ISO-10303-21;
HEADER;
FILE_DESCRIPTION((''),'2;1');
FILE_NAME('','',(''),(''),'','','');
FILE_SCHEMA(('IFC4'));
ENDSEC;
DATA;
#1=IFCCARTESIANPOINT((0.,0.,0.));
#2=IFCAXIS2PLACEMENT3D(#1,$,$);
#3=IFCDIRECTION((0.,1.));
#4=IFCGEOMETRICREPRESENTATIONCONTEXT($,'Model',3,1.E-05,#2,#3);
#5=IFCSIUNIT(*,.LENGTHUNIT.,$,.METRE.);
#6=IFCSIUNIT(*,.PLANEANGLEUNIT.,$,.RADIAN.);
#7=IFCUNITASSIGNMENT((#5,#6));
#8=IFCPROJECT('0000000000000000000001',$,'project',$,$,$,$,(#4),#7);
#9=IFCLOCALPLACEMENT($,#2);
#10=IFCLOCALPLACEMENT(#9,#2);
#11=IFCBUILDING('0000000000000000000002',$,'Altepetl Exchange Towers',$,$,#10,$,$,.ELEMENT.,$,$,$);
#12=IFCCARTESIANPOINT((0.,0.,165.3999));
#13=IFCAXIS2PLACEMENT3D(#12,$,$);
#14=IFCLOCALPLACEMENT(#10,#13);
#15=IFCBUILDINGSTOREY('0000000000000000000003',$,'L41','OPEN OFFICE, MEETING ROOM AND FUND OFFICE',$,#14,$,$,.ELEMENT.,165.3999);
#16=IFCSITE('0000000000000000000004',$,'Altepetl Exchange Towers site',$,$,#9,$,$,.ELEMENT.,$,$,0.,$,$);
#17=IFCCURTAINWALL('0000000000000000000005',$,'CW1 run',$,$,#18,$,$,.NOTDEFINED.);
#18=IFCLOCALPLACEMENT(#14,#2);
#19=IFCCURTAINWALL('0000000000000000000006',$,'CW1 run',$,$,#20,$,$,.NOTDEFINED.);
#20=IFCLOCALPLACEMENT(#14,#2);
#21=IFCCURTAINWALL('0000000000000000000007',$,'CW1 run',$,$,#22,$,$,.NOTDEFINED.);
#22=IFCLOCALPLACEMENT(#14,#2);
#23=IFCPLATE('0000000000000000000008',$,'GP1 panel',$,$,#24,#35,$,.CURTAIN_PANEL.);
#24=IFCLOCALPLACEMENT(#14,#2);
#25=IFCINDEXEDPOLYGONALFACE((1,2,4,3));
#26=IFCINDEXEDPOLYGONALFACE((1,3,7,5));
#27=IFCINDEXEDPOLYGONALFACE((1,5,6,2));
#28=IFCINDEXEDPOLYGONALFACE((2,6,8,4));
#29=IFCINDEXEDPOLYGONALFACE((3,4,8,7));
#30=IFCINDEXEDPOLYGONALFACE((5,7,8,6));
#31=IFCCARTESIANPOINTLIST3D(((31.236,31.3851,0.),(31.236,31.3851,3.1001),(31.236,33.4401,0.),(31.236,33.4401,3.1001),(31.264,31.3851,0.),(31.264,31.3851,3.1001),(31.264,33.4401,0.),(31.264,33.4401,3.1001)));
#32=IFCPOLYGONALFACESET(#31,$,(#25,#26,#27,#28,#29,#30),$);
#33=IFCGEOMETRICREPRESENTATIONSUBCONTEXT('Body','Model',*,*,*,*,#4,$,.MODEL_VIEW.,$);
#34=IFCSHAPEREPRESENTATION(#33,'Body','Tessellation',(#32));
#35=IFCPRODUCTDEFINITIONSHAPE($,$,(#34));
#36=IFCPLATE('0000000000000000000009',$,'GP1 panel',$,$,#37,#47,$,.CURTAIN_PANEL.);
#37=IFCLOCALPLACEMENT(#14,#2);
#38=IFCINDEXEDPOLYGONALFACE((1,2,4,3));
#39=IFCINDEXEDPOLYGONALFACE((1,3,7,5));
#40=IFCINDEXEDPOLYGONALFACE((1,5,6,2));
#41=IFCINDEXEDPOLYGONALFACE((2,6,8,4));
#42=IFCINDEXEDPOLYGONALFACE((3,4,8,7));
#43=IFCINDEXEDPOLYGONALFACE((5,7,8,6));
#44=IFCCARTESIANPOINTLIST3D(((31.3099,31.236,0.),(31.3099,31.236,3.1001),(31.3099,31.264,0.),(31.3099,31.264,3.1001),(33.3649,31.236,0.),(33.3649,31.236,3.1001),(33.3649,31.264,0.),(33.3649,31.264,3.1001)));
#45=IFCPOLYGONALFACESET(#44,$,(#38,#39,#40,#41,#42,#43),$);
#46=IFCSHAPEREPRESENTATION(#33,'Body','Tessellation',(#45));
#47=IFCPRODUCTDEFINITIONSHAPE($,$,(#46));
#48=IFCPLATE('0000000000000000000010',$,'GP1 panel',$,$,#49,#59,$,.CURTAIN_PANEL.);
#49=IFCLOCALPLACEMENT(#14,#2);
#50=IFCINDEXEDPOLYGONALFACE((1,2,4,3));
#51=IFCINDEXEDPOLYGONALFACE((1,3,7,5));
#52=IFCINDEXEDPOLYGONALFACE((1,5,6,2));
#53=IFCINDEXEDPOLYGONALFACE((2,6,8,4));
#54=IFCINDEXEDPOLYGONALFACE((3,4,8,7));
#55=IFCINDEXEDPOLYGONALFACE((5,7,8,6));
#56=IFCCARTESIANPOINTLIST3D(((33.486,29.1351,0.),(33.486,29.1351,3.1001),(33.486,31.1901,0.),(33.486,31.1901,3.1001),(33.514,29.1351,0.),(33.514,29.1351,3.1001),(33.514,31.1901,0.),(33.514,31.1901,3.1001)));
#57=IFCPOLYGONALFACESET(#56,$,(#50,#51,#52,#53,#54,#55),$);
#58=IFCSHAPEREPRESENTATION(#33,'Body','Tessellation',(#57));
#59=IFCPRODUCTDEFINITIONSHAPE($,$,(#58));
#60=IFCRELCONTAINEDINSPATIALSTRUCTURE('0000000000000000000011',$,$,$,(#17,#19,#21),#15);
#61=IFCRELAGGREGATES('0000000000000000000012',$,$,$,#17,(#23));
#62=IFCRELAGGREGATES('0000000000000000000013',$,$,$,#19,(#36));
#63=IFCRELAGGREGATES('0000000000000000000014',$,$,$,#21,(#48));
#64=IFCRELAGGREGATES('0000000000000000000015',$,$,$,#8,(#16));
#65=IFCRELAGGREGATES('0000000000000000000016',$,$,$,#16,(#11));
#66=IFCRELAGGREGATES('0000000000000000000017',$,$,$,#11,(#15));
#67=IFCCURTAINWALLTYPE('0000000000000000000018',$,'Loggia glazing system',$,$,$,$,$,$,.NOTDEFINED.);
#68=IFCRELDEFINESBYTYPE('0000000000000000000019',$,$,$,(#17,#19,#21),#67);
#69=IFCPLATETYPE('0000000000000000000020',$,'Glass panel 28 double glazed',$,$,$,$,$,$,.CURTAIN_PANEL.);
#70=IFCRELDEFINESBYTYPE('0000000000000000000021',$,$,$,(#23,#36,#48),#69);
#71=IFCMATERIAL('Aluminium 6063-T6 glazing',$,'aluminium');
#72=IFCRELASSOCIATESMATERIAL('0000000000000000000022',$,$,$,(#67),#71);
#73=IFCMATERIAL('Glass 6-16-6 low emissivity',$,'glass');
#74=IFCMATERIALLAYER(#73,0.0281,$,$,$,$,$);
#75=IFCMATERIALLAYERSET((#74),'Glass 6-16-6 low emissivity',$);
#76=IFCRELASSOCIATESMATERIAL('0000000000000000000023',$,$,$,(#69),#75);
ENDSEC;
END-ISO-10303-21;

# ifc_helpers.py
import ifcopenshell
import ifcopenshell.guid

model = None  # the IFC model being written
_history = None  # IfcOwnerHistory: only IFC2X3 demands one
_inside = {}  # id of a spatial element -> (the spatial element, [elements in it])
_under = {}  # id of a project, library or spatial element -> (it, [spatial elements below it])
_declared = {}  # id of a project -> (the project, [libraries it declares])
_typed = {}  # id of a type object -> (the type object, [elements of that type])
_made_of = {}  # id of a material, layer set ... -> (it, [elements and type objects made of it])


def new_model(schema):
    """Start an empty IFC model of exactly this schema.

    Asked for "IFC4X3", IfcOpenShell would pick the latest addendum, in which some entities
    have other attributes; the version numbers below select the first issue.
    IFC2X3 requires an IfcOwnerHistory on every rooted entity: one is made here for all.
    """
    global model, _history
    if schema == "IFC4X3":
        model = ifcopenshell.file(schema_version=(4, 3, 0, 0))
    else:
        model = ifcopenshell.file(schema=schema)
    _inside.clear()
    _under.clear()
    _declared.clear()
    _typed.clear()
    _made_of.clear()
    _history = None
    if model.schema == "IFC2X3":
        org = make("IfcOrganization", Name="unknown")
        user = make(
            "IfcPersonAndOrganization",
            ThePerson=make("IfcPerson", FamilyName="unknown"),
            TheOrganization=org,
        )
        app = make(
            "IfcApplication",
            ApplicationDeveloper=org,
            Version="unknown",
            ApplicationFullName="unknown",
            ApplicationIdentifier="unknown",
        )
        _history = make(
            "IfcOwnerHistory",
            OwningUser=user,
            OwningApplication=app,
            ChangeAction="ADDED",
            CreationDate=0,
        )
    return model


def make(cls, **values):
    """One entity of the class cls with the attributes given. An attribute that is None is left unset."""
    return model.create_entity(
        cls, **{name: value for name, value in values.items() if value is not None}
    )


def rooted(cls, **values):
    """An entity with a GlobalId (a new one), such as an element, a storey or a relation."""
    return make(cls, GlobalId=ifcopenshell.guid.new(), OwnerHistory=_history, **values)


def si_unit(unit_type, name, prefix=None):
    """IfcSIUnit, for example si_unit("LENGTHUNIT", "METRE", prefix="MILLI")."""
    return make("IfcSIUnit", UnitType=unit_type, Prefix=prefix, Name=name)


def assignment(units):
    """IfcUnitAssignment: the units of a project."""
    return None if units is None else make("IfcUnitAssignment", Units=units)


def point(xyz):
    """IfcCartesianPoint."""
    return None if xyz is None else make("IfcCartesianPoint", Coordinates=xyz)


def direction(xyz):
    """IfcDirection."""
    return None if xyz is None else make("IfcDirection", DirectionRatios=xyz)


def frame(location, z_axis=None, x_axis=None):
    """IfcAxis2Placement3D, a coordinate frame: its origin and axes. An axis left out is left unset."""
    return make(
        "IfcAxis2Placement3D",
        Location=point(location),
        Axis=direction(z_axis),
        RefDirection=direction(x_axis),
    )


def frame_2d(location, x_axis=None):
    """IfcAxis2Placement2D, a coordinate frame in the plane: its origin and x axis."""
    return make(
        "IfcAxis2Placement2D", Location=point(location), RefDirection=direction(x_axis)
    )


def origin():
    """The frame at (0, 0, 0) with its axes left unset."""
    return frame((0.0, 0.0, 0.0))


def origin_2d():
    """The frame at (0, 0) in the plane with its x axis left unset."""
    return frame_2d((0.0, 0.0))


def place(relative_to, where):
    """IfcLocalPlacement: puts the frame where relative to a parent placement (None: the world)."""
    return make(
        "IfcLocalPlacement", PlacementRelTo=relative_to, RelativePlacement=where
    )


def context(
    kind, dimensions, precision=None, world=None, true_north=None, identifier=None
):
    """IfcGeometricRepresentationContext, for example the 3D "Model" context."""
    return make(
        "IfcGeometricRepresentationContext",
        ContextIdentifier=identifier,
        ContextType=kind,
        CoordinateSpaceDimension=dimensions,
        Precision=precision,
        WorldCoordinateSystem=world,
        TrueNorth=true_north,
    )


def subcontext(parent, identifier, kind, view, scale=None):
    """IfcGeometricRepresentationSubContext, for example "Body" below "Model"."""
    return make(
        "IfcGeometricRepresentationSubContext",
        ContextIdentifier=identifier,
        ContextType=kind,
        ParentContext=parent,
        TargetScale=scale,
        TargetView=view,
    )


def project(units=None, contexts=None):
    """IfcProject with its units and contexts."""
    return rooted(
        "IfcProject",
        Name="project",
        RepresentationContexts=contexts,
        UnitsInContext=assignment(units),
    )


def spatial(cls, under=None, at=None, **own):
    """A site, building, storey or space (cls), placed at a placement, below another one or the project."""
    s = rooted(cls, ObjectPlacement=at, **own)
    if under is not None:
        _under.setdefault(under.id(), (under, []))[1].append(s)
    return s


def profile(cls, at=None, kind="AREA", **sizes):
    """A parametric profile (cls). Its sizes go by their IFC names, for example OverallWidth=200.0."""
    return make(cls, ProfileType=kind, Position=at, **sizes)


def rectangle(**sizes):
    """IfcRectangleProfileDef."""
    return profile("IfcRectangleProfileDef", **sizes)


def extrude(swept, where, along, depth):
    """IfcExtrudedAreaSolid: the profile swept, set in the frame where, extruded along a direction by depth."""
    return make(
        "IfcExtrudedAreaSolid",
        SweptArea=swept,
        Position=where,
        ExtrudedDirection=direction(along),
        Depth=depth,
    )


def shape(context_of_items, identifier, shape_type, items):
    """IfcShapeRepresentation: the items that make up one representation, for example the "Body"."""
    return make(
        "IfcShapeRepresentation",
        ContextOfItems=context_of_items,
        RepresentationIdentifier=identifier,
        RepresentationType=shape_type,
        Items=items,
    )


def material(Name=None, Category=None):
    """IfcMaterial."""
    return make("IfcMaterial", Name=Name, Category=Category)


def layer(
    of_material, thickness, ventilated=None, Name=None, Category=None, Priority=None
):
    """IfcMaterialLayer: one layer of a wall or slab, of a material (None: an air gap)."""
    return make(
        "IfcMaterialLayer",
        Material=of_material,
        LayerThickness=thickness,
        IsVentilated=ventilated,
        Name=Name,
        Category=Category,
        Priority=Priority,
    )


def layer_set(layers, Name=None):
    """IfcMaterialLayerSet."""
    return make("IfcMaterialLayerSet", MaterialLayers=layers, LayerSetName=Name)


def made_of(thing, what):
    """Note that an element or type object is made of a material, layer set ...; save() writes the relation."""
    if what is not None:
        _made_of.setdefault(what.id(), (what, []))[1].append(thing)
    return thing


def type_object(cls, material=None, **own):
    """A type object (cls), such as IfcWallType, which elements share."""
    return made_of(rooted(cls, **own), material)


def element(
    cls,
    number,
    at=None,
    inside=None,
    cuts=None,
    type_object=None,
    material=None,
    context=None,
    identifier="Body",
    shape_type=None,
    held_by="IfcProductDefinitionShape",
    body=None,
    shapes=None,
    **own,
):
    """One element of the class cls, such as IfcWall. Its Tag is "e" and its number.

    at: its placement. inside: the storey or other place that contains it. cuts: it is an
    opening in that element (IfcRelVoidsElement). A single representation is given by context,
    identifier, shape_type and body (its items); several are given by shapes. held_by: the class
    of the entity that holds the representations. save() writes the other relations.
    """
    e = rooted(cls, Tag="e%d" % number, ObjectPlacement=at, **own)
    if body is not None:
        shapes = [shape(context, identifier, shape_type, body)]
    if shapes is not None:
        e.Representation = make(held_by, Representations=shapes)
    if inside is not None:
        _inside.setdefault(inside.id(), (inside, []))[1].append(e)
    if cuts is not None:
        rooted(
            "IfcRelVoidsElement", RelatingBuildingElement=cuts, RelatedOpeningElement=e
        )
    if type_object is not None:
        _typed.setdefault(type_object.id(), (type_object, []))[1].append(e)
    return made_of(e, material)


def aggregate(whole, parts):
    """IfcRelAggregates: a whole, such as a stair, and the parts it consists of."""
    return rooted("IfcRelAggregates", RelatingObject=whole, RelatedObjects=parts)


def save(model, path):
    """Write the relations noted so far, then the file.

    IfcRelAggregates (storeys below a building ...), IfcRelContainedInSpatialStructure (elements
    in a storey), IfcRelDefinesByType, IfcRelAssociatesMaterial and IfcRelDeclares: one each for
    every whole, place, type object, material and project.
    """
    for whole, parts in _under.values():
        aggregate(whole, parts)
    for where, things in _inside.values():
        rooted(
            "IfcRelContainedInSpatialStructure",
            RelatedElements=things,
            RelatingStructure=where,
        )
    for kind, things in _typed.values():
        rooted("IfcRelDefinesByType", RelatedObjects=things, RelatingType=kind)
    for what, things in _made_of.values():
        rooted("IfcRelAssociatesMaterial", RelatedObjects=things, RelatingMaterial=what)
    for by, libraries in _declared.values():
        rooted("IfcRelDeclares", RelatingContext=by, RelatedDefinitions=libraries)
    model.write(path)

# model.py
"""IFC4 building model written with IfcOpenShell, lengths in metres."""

from ifc_helpers import new_model, si_unit, direction, frame, origin, origin_2d, place, context, subcontext, project, spatial, rectangle, extrude, material, layer, layer_set, type_object, element, aggregate, save


model = new_model("IFC4")

# Units and contexts
model_context = context("Model", 3, precision=1e-05, world=origin(), true_north=direction((0.0, 1.0)))
body_context = subcontext(model_context, "Body", "Model", "MODEL_VIEW")
ifc_project = project(units=[si_unit("LENGTHUNIT", "METRE"), si_unit("PLANEANGLEUNIT", "RADIAN")], contexts=[model_context])

# Site, building, storey
site_placement = place(None, origin())
site = spatial("IfcSite", under=ifc_project, at=site_placement, Name="Altepetl Exchange Towers site", CompositionType="ELEMENT", RefElevation=0.0)
building_placement = place(site_placement, origin())
building = spatial("IfcBuilding", under=site, at=building_placement, Name="Altepetl Exchange Towers", CompositionType="ELEMENT")
storey_placement = place(building_placement, frame((0.0, 0.0, 165.3999)))
storey = spatial("IfcBuildingStorey", under=building, at=storey_placement, Name="L41", Description="OPEN OFFICE, MEETING ROOM AND FUND OFFICE", CompositionType="ELEMENT", Elevation=165.3999)

# Curtain walls
ifc_material_1 = material(Name="Aluminium 6063-T6 glazing", Category="aluminium")
curtain_wall_type = type_object("IfcCurtainWallType", Name="Loggia glazing system", PredefinedType="NOTDEFINED", material=ifc_material_1)
curtain_wall_1_placement = place(storey_placement, origin())
curtain_wall_1 = element("IfcCurtainWall", 1, at=curtain_wall_1_placement, inside=storey, type_object=curtain_wall_type, Name="CW1 run", PredefinedType="NOTDEFINED")
curtain_wall_2_placement = place(storey_placement, origin())
curtain_wall_2 = element("IfcCurtainWall", 2, at=curtain_wall_2_placement, inside=storey, type_object=curtain_wall_type, Name="CW1 run", PredefinedType="NOTDEFINED")
curtain_wall_3_placement = place(storey_placement, origin())
curtain_wall_3 = element("IfcCurtainWall", 3, at=curtain_wall_3_placement, inside=storey, type_object=curtain_wall_type, Name="CW1 run", PredefinedType="NOTDEFINED")

# Plates
ifc_material_2 = material(Name="Glass 6-16-6 low emissivity", Category="glass")
ifc_layer = layer(ifc_material_2, 0.0281)
ifc_layer_set = layer_set([ifc_layer], Name="Glass 6-16-6 low emissivity")
plate_type = type_object("IfcPlateType", Name="Glass panel 28 double glazed", PredefinedType="CURTAIN_PANEL", material=ifc_layer_set)
plate_1_placement = place(storey_placement, frame((31.25, 32.4126, 0.0), z_axis=(0.0, 0.0, 1.0), x_axis=(0.0, -1.0, 0.0)))
plate_1 = element("IfcPlate", 4, at=plate_1_placement, type_object=plate_type, Name="GP1 panel", PredefinedType="CURTAIN_PANEL", context=body_context, shape_type="SweptSolid", body=[
    extrude(rectangle(XDim=2.0549, YDim=0.0281, at=origin_2d()), origin(), (0.0, 0.0, 1.0), 3.1001),
])
aggregate(curtain_wall_1, [plate_1])
plate_2_placement = place(storey_placement, frame((32.3374, 31.25, 0.0)))
plate_2 = element("IfcPlate", 5, at=plate_2_placement, type_object=plate_type, Name="GP1 panel", PredefinedType="CURTAIN_PANEL", context=body_context, shape_type="SweptSolid", body=[
    extrude(rectangle(XDim=2.0549, YDim=0.0281, at=origin_2d()), origin(), (0.0, 0.0, 1.0), 3.1001),
])
aggregate(curtain_wall_2, [plate_2])
plate_3_placement = place(storey_placement, frame((33.5, 30.1626, 0.0), z_axis=(0.0, 0.0, 1.0), x_axis=(0.0, -1.0, 0.0)))
plate_3 = element("IfcPlate", 6, at=plate_3_placement, type_object=plate_type, Name="GP1 panel", PredefinedType="CURTAIN_PANEL", context=body_context, shape_type="SweptSolid", body=[
    extrude(rectangle(XDim=2.0549, YDim=0.0281, at=origin_2d()), origin(), (0.0, 0.0, 1.0), 3.1001),
])
aggregate(curtain_wall_3, [plate_3])

save(model, "model.ifc")
